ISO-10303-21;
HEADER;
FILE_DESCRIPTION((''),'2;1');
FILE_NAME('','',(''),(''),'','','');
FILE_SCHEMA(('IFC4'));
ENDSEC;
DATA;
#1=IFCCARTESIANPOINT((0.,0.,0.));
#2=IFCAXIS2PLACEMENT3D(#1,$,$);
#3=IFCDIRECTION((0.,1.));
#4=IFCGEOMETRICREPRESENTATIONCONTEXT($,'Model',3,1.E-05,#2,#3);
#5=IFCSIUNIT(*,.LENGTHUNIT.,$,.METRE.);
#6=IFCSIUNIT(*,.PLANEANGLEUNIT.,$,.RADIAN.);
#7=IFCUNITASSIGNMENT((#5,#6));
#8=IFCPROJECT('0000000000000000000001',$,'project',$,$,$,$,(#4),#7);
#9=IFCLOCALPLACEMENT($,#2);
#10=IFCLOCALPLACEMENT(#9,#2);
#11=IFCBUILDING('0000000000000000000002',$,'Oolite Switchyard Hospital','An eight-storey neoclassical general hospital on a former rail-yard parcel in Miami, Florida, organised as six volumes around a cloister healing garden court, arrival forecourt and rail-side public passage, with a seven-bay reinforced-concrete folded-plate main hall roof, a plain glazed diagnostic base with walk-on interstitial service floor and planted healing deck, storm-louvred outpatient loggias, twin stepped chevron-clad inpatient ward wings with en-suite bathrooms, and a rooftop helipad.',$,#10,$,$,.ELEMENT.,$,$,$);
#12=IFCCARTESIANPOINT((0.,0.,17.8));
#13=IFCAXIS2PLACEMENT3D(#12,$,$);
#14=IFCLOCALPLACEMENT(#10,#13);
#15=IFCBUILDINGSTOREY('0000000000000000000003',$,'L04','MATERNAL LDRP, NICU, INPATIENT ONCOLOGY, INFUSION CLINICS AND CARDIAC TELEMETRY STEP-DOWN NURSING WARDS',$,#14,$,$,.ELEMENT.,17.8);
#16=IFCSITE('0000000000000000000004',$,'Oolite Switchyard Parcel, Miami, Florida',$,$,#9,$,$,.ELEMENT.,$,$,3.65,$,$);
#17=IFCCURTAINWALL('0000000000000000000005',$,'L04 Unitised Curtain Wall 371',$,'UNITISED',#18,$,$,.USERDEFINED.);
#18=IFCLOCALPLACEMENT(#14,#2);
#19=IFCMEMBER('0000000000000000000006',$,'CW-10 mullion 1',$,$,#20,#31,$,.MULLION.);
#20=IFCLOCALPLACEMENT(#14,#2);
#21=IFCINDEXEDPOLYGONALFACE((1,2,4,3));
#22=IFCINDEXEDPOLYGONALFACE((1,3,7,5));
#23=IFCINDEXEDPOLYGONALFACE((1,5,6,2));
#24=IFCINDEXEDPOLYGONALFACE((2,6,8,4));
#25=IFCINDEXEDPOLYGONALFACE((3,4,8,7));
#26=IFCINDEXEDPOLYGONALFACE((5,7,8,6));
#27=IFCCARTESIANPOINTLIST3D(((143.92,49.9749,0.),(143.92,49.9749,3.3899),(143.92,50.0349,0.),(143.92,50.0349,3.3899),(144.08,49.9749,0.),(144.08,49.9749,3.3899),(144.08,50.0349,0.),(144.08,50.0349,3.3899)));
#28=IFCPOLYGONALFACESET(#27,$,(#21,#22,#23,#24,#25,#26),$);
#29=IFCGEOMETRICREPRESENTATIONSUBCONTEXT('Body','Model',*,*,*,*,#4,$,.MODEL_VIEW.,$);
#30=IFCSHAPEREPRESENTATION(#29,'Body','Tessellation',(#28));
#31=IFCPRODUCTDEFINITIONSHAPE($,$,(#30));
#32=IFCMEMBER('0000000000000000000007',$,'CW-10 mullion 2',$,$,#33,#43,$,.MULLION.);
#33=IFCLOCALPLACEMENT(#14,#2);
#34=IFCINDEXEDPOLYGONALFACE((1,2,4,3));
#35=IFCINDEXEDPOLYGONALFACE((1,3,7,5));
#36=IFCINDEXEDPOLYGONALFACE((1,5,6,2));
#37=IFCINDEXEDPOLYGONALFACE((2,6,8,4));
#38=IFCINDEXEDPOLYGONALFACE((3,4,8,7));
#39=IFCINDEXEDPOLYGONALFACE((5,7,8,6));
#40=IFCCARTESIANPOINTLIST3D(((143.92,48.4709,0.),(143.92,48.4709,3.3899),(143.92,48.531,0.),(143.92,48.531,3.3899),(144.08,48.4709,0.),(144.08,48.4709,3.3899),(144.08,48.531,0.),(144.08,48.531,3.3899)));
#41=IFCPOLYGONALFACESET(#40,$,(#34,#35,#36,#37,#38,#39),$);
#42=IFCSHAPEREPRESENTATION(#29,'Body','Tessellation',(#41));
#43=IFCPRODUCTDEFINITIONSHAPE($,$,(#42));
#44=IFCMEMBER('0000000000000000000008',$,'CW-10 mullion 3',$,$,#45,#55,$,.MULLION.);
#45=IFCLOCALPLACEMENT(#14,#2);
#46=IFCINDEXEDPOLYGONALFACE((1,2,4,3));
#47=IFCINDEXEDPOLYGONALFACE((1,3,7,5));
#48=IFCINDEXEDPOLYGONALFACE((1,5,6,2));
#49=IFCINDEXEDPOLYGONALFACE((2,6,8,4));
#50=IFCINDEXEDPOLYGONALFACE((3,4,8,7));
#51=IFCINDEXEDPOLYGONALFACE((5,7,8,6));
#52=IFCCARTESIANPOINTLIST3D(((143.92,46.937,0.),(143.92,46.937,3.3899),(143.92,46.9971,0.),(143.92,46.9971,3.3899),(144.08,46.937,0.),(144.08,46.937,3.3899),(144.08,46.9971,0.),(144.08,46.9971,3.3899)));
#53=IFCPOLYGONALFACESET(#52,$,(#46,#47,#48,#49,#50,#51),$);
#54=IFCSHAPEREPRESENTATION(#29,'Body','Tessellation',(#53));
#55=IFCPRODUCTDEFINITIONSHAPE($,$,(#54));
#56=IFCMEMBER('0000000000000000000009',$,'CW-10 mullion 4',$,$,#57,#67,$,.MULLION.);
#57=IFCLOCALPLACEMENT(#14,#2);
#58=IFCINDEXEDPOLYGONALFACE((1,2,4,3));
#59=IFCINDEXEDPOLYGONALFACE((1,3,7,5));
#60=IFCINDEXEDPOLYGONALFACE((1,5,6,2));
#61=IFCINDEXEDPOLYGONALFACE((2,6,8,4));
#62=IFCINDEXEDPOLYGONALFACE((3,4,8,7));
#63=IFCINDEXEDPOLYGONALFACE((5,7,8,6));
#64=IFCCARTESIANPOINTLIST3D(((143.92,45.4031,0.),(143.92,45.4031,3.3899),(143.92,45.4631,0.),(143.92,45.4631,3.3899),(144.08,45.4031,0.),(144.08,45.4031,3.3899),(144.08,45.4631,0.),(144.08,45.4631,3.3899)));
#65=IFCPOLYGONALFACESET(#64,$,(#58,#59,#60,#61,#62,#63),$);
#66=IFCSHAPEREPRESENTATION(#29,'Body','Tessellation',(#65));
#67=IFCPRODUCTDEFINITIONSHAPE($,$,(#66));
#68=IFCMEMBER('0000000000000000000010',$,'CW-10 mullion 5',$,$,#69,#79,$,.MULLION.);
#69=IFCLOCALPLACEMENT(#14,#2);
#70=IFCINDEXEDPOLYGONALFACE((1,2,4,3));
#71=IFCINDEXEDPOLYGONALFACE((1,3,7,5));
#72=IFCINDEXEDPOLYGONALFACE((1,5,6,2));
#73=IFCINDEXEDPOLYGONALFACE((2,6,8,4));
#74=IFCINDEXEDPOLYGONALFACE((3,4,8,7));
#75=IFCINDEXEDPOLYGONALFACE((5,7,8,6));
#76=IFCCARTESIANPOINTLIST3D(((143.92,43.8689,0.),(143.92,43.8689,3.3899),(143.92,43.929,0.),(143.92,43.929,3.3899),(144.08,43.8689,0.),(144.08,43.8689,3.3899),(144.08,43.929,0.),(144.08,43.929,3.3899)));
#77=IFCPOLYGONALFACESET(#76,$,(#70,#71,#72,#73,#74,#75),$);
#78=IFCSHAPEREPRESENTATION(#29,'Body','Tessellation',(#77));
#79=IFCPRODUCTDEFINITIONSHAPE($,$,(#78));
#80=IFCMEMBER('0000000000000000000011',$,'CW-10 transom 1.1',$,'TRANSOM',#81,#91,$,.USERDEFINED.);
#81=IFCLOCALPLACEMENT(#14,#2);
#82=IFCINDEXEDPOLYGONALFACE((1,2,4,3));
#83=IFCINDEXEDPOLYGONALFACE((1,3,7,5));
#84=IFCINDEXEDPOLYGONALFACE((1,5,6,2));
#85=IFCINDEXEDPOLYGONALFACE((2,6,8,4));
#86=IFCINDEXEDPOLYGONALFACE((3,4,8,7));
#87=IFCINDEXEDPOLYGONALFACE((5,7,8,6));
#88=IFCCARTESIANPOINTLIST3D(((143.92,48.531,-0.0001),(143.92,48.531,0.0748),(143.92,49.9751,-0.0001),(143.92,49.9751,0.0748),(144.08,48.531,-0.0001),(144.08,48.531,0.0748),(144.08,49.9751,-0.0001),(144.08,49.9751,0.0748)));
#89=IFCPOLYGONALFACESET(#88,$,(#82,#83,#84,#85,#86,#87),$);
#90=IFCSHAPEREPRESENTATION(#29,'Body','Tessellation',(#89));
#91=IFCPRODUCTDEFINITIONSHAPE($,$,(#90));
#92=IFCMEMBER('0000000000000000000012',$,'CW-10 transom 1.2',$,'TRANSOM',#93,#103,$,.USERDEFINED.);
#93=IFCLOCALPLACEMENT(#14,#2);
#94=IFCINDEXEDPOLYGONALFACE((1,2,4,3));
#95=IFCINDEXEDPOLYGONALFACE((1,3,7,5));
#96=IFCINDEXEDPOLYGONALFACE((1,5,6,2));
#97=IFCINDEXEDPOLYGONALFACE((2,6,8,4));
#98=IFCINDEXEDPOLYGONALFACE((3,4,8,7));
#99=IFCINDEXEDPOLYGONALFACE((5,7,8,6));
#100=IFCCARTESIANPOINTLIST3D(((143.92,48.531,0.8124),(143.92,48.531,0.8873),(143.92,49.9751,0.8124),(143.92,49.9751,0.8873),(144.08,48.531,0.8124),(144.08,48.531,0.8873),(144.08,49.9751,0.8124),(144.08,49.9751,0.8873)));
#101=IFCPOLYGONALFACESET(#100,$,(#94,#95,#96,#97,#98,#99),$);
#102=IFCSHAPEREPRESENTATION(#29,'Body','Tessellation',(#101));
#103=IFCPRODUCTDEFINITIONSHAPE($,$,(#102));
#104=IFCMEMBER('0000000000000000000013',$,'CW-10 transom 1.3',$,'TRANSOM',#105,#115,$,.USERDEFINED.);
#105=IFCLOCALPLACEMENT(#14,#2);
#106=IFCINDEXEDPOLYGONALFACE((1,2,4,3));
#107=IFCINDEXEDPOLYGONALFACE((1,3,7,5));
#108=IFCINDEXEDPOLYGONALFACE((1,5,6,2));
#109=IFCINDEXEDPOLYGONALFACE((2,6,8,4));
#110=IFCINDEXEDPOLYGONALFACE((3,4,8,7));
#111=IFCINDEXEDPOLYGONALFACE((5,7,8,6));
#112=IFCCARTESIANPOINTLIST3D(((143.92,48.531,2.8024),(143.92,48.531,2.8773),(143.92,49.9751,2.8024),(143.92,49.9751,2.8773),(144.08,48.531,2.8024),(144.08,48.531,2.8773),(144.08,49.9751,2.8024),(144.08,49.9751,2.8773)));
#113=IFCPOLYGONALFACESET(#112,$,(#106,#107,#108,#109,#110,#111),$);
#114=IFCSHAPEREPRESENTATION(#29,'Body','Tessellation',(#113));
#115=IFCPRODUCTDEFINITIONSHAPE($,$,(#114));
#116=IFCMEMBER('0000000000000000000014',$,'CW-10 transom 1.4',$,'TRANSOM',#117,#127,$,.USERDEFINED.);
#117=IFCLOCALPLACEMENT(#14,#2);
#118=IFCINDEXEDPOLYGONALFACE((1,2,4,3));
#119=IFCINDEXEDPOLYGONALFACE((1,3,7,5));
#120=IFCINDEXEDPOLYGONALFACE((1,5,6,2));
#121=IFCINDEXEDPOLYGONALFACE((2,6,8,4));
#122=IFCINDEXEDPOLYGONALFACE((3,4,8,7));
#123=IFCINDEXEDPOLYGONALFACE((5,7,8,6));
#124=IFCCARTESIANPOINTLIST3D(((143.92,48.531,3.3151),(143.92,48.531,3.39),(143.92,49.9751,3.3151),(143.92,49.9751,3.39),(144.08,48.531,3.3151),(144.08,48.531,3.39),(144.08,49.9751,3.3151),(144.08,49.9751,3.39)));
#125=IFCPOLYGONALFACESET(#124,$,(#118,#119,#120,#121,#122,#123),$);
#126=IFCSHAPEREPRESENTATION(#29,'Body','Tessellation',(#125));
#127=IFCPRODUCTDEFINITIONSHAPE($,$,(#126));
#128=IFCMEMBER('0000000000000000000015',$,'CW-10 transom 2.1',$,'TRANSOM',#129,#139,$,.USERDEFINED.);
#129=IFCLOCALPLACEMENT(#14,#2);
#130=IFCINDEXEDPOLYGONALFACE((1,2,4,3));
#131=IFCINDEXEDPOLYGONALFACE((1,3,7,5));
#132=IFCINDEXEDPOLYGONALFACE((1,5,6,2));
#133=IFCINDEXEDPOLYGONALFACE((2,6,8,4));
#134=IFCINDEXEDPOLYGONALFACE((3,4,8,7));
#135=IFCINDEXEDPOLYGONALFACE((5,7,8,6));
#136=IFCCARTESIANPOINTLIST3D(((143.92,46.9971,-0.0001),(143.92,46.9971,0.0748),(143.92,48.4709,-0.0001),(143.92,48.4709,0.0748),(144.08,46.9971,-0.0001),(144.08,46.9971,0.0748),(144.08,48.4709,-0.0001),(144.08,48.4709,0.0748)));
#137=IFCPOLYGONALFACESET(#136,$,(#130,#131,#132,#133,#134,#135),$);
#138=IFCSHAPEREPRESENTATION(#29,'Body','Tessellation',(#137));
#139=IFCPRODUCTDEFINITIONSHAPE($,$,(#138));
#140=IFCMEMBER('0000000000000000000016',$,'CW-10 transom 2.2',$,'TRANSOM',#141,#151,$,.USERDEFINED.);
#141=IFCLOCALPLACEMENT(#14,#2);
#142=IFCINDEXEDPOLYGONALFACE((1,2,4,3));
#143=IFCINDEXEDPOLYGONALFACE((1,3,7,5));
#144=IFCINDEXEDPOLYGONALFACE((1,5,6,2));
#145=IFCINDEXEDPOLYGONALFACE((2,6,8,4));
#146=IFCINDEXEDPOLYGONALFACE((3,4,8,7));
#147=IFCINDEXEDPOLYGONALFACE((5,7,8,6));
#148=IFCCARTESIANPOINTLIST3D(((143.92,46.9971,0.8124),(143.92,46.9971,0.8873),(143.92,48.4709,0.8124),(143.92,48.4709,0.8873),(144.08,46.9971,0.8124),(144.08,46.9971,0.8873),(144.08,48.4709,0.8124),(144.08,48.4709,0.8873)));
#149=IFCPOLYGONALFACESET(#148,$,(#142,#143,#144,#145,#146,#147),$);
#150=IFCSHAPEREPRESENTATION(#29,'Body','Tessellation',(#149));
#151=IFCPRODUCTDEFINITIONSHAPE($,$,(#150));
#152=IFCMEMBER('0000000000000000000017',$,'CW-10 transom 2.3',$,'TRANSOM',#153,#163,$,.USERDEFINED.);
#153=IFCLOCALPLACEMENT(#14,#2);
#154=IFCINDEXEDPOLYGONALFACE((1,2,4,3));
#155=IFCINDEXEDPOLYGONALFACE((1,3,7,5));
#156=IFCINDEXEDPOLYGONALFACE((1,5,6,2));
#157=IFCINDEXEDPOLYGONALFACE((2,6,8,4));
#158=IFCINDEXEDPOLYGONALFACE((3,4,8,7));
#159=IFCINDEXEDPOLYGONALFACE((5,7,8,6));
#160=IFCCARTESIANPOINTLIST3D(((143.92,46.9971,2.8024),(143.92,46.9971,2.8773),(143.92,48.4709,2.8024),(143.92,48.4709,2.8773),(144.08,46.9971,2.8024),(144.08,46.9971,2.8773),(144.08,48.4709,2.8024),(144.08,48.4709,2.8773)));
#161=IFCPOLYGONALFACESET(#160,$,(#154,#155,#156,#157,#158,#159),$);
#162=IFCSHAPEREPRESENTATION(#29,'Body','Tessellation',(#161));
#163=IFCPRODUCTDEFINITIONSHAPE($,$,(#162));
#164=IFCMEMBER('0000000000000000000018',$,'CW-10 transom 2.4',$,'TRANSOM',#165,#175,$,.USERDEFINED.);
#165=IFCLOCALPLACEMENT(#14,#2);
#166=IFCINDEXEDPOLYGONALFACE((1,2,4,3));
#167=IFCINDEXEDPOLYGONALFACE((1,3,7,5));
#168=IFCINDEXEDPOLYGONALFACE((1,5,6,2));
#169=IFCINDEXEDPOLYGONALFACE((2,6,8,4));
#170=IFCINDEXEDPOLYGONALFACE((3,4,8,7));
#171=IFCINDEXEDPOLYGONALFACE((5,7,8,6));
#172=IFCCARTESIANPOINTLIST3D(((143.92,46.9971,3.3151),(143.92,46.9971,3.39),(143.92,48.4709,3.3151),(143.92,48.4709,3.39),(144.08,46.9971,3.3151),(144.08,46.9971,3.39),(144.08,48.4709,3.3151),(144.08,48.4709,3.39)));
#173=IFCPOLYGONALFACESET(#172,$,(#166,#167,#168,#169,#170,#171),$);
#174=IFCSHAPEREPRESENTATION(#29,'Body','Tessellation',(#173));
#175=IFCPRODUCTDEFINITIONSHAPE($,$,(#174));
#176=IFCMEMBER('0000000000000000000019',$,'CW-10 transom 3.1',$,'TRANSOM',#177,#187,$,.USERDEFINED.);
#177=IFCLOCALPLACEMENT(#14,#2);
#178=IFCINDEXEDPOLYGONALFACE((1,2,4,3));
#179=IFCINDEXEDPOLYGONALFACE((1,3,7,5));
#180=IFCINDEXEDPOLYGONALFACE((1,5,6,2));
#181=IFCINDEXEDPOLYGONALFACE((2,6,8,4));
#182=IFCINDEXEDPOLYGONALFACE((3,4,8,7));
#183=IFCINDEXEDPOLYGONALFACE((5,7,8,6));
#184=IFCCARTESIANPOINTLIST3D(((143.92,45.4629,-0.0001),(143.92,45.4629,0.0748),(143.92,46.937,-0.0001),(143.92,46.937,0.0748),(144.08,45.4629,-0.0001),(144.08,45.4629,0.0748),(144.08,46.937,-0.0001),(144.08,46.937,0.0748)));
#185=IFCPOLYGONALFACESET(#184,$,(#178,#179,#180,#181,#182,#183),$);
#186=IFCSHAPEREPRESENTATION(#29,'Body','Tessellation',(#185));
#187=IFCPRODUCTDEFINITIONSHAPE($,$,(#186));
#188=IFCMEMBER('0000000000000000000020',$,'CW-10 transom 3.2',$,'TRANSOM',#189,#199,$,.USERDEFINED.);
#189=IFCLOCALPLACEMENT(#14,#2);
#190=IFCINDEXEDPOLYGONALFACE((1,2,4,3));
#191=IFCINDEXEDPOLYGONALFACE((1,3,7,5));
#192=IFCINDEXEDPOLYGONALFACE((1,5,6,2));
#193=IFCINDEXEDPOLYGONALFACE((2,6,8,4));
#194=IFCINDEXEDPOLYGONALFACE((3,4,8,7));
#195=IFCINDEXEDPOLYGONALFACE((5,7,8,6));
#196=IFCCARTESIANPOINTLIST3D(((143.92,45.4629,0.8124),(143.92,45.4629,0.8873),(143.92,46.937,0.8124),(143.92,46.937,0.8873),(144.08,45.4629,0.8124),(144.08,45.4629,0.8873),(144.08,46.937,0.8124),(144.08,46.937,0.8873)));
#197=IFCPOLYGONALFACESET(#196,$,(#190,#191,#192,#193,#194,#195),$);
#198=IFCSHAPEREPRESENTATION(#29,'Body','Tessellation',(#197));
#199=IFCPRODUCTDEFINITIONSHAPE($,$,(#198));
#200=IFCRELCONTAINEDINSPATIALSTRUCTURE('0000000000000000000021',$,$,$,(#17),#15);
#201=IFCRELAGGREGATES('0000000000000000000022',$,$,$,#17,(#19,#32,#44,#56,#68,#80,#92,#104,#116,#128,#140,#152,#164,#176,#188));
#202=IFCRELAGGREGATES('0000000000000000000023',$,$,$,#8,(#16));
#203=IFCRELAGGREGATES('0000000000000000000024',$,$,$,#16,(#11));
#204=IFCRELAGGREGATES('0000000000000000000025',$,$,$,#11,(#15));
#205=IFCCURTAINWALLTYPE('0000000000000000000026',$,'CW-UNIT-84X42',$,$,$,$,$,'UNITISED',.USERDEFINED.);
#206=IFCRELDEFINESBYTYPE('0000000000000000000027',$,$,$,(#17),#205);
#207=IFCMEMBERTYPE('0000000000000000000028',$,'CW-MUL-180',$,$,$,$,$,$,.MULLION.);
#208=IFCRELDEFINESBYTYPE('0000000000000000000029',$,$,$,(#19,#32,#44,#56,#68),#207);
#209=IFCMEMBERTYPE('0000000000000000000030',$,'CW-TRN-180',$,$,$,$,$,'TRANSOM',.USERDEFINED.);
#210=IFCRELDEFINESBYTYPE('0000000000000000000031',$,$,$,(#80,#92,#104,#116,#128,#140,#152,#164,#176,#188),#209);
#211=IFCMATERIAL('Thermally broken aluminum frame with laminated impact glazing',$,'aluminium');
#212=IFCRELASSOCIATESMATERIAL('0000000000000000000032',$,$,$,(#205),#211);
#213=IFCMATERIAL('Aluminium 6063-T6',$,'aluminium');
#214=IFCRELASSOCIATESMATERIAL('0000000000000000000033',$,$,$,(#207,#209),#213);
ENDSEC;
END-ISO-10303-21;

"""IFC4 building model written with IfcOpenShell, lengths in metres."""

from ifc_helpers import new_model, si_unit, direction, frame, origin, origin_2d, place, context, subcontext, project, spatial, rectangle, extrude, material, material_profile, profile_set, type_object, element, aggregate, save


model = new_model("IFC4")

# Units and contexts
model_context = context("Model", 3, precision=1e-05, world=origin(), true_north=direction((0.0, 1.0)))
body_context = subcontext(model_context, "Body", "Model", "MODEL_VIEW")
ifc_project = project(units=[si_unit("LENGTHUNIT", "METRE"), si_unit("PLANEANGLEUNIT", "RADIAN")], contexts=[model_context])

# Site, building, storey
site_placement = place(None, origin())
site = spatial("IfcSite", under=ifc_project, at=site_placement, Name="Oolite Switchyard Parcel, Miami, Florida", CompositionType="ELEMENT", RefElevation=3.65)
building_placement = place(site_placement, origin())
building = spatial("IfcBuilding", under=site, at=building_placement, Name="Oolite Switchyard Hospital", Description="An eight-storey neoclassical general hospital on a former rail-yard parcel in Miami, Florida, organised as six volumes around a cloister healing garden court, arrival forecourt and rail-side public passage, with a seven-bay reinforced-concrete folded-plate main hall roof, a plain glazed diagnostic base with walk-on interstitial service floor and planted healing deck, storm-louvred outpatient loggias, twin stepped chevron-clad inpatient ward wings with en-suite bathrooms, and a rooftop helipad.", CompositionType="ELEMENT")
storey_placement = place(building_placement, frame((0.0, 0.0, 17.8)))
storey = spatial("IfcBuildingStorey", under=building, at=storey_placement, Name="L04", Description="MATERNAL LDRP, NICU, INPATIENT ONCOLOGY, INFUSION CLINICS AND CARDIAC TELEMETRY STEP-DOWN NURSING WARDS", CompositionType="ELEMENT", Elevation=17.8)

# Curtain wall, members
ifc_material_1 = material(Name="Thermally broken aluminum frame with laminated impact glazing", Category="aluminium")
curtain_wall_type = type_object("IfcCurtainWallType", Name="CW-UNIT-84X42", ElementType="UNITISED", PredefinedType="USERDEFINED", material=ifc_material_1)
curtain_wall_placement = place(storey_placement, origin())
curtain_wall = element("IfcCurtainWall", 1, at=curtain_wall_placement, inside=storey, type_object=curtain_wall_type, Name="L04 Unitised Curtain Wall 371", ObjectType="UNITISED", PredefinedType="USERDEFINED")
ifc_material_2 = material(Name="Aluminium 6063-T6", Category="aluminium")
ifc_material_profile_1 = material_profile(ifc_material_2, rectangle(XDim=0.1599, YDim=0.0601, at=origin_2d()), Name="CWM60X160")
ifc_profile_set_1 = profile_set([ifc_material_profile_1], Name="Aluminium 6063-T6")
member_type_1 = type_object("IfcMemberType", Name="CW-MUL-180", PredefinedType="MULLION", material=ifc_profile_set_1)
member_1_placement = place(storey_placement, frame((144.0, 50.0049, 0.0), z_axis=(0.0, 0.0, 1.0), x_axis=(1.0, 0.0, 0.0)))
member_1 = element("IfcMember", 2, at=member_1_placement, type_object=member_type_1, Name="CW-10 mullion 1", PredefinedType="MULLION", context=body_context, shape_type="SweptSolid", body=[
    extrude(rectangle(XDim=0.1599, YDim=0.0601, at=origin_2d()), origin(), (0.0, 0.0, 1.0), 3.3899),
])
member_2_placement = place(storey_placement, frame((144.0, 48.501, 0.0), z_axis=(0.0, 0.0, 1.0), x_axis=(1.0, 0.0, 0.0)))
member_2 = element("IfcMember", 3, at=member_2_placement, type_object=member_type_1, Name="CW-10 mullion 2", PredefinedType="MULLION", context=body_context, shape_type="SweptSolid", body=[
    extrude(rectangle(XDim=0.1599, YDim=0.0601, at=origin_2d()), origin(), (0.0, 0.0, 1.0), 3.3899),
])
member_3_placement = place(storey_placement, frame((144.0, 46.967, 0.0), z_axis=(0.0, 0.0, 1.0), x_axis=(1.0, 0.0, 0.0)))
member_3 = element("IfcMember", 4, at=member_3_placement, type_object=member_type_1, Name="CW-10 mullion 3", PredefinedType="MULLION", context=body_context, shape_type="SweptSolid", body=[
    extrude(rectangle(XDim=0.1599, YDim=0.0601, at=origin_2d()), origin(), (0.0, 0.0, 1.0), 3.3899),
])
member_4_placement = place(storey_placement, frame((144.0, 45.4331, 0.0), z_axis=(0.0, 0.0, 1.0), x_axis=(1.0, 0.0, 0.0)))
member_4 = element("IfcMember", 5, at=member_4_placement, type_object=member_type_1, Name="CW-10 mullion 4", PredefinedType="MULLION", context=body_context, shape_type="SweptSolid", body=[
    extrude(rectangle(XDim=0.1599, YDim=0.0601, at=origin_2d()), origin(), (0.0, 0.0, 1.0), 3.3899),
])
member_5_placement = place(storey_placement, frame((144.0, 43.8989, 0.0), z_axis=(0.0, 0.0, 1.0), x_axis=(1.0, 0.0, 0.0)))
member_5 = element("IfcMember", 6, at=member_5_placement, type_object=member_type_1, Name="CW-10 mullion 5", PredefinedType="MULLION", context=body_context, shape_type="SweptSolid", body=[
    extrude(rectangle(XDim=0.1599, YDim=0.0601, at=origin_2d()), origin(), (0.0, 0.0, 1.0), 3.3899),
])
ifc_material_profile_2 = material_profile(ifc_material_2, rectangle(XDim=0.1599, YDim=0.075, at=origin_2d()), Name="CWT75X160")
ifc_profile_set_2 = profile_set([ifc_material_profile_2], Name="Aluminium 6063-T6")
member_type_2 = type_object("IfcMemberType", Name="CW-TRN-180", ElementType="TRANSOM", PredefinedType="USERDEFINED", material=ifc_profile_set_2)
member_6_placement = place(storey_placement, frame((144.0, 49.9751, 0.0374), z_axis=(0.0, -1.0, 0.0), x_axis=(1.0, 0.0, 0.0)))
member_6 = element("IfcMember", 7, at=member_6_placement, type_object=member_type_2, Name="CW-10 transom 1.1", ObjectType="TRANSOM", PredefinedType="USERDEFINED", context=body_context, shape_type="SweptSolid", body=[
    extrude(rectangle(XDim=0.1599, YDim=0.075, at=origin_2d()), origin(), (0.0, 0.0, 1.0), 1.4441),
])
member_7_placement = place(storey_placement, frame((144.0, 49.9751, 0.8499), z_axis=(0.0, -1.0, 0.0), x_axis=(1.0, 0.0, 0.0)))
member_7 = element("IfcMember", 8, at=member_7_placement, type_object=member_type_2, Name="CW-10 transom 1.2", ObjectType="TRANSOM", PredefinedType="USERDEFINED", context=body_context, shape_type="SweptSolid", body=[
    extrude(rectangle(XDim=0.1599, YDim=0.075, at=origin_2d()), origin(), (0.0, 0.0, 1.0), 1.4441),
])
member_8_placement = place(storey_placement, frame((144.0, 49.9751, 2.8398), z_axis=(0.0, -1.0, 0.0), x_axis=(1.0, 0.0, 0.0)))
member_8 = element("IfcMember", 9, at=member_8_placement, type_object=member_type_2, Name="CW-10 transom 1.3", ObjectType="TRANSOM", PredefinedType="USERDEFINED", context=body_context, shape_type="SweptSolid", body=[
    extrude(rectangle(XDim=0.1599, YDim=0.075, at=origin_2d()), origin(), (0.0, 0.0, 1.0), 1.4441),
])
member_9_placement = place(storey_placement, frame((144.0, 49.9751, 3.3525), z_axis=(0.0, -1.0, 0.0), x_axis=(1.0, 0.0, 0.0)))
member_9 = element("IfcMember", 10, at=member_9_placement, type_object=member_type_2, Name="CW-10 transom 1.4", ObjectType="TRANSOM", PredefinedType="USERDEFINED", context=body_context, shape_type="SweptSolid", body=[
    extrude(rectangle(XDim=0.1599, YDim=0.075, at=origin_2d()), origin(), (0.0, 0.0, 1.0), 1.4441),
])
member_10_placement = place(storey_placement, frame((144.0, 48.4709, 0.0374), z_axis=(0.0, -1.0, 0.0), x_axis=(1.0, 0.0, 0.0)))
member_10 = element("IfcMember", 11, at=member_10_placement, type_object=member_type_2, Name="CW-10 transom 2.1", ObjectType="TRANSOM", PredefinedType="USERDEFINED", context=body_context, shape_type="SweptSolid", body=[
    extrude(rectangle(XDim=0.1599, YDim=0.075, at=origin_2d()), origin(), (0.0, 0.0, 1.0), 1.4739),
])
member_11_placement = place(storey_placement, frame((144.0, 48.4709, 0.8499), z_axis=(0.0, -1.0, 0.0), x_axis=(1.0, 0.0, 0.0)))
member_11 = element("IfcMember", 12, at=member_11_placement, type_object=member_type_2, Name="CW-10 transom 2.2", ObjectType="TRANSOM", PredefinedType="USERDEFINED", context=body_context, shape_type="SweptSolid", body=[
    extrude(rectangle(XDim=0.1599, YDim=0.075, at=origin_2d()), origin(), (0.0, 0.0, 1.0), 1.4739),
])
member_12_placement = place(storey_placement, frame((144.0, 48.4709, 2.8398), z_axis=(0.0, -1.0, 0.0), x_axis=(1.0, 0.0, 0.0)))
member_12 = element("IfcMember", 13, at=member_12_placement, type_object=member_type_2, Name="CW-10 transom 2.3", ObjectType="TRANSOM", PredefinedType="USERDEFINED", context=body_context, shape_type="SweptSolid", body=[
    extrude(rectangle(XDim=0.1599, YDim=0.075, at=origin_2d()), origin(), (0.0, 0.0, 1.0), 1.4739),
])
member_13_placement = place(storey_placement, frame((144.0, 48.4709, 3.3525), z_axis=(0.0, -1.0, 0.0), x_axis=(1.0, 0.0, 0.0)))
member_13 = element("IfcMember", 14, at=member_13_placement, type_object=member_type_2, Name="CW-10 transom 2.4", ObjectType="TRANSOM", PredefinedType="USERDEFINED", context=body_context, shape_type="SweptSolid", body=[
    extrude(rectangle(XDim=0.1599, YDim=0.075, at=origin_2d()), origin(), (0.0, 0.0, 1.0), 1.4739),
])
member_14_placement = place(storey_placement, frame((144.0, 46.937, 0.0374), z_axis=(0.0, -1.0, 0.0), x_axis=(1.0, 0.0, 0.0)))
member_14 = element("IfcMember", 15, at=member_14_placement, type_object=member_type_2, Name="CW-10 transom 3.1", ObjectType="TRANSOM", PredefinedType="USERDEFINED", context=body_context, shape_type="SweptSolid", body=[
    extrude(rectangle(XDim=0.1599, YDim=0.075, at=origin_2d()), origin(), (0.0, 0.0, 1.0), 1.4741),
])
member_15_placement = place(storey_placement, frame((144.0, 46.937, 0.8499), z_axis=(0.0, -1.0, 0.0), x_axis=(1.0, 0.0, 0.0)))
member_15 = element("IfcMember", 16, at=member_15_placement, type_object=member_type_2, Name="CW-10 transom 3.2", ObjectType="TRANSOM", PredefinedType="USERDEFINED", context=body_context, shape_type="SweptSolid", body=[
    extrude(rectangle(XDim=0.1599, YDim=0.075, at=origin_2d()), origin(), (0.0, 0.0, 1.0), 1.4741),
])
aggregate(curtain_wall, [member_1, member_2, member_3, member_4, member_5, member_6, member_7, member_8, member_9, member_10, member_11, member_12, member_13, member_14, member_15])

save(model, "model.ifc")
